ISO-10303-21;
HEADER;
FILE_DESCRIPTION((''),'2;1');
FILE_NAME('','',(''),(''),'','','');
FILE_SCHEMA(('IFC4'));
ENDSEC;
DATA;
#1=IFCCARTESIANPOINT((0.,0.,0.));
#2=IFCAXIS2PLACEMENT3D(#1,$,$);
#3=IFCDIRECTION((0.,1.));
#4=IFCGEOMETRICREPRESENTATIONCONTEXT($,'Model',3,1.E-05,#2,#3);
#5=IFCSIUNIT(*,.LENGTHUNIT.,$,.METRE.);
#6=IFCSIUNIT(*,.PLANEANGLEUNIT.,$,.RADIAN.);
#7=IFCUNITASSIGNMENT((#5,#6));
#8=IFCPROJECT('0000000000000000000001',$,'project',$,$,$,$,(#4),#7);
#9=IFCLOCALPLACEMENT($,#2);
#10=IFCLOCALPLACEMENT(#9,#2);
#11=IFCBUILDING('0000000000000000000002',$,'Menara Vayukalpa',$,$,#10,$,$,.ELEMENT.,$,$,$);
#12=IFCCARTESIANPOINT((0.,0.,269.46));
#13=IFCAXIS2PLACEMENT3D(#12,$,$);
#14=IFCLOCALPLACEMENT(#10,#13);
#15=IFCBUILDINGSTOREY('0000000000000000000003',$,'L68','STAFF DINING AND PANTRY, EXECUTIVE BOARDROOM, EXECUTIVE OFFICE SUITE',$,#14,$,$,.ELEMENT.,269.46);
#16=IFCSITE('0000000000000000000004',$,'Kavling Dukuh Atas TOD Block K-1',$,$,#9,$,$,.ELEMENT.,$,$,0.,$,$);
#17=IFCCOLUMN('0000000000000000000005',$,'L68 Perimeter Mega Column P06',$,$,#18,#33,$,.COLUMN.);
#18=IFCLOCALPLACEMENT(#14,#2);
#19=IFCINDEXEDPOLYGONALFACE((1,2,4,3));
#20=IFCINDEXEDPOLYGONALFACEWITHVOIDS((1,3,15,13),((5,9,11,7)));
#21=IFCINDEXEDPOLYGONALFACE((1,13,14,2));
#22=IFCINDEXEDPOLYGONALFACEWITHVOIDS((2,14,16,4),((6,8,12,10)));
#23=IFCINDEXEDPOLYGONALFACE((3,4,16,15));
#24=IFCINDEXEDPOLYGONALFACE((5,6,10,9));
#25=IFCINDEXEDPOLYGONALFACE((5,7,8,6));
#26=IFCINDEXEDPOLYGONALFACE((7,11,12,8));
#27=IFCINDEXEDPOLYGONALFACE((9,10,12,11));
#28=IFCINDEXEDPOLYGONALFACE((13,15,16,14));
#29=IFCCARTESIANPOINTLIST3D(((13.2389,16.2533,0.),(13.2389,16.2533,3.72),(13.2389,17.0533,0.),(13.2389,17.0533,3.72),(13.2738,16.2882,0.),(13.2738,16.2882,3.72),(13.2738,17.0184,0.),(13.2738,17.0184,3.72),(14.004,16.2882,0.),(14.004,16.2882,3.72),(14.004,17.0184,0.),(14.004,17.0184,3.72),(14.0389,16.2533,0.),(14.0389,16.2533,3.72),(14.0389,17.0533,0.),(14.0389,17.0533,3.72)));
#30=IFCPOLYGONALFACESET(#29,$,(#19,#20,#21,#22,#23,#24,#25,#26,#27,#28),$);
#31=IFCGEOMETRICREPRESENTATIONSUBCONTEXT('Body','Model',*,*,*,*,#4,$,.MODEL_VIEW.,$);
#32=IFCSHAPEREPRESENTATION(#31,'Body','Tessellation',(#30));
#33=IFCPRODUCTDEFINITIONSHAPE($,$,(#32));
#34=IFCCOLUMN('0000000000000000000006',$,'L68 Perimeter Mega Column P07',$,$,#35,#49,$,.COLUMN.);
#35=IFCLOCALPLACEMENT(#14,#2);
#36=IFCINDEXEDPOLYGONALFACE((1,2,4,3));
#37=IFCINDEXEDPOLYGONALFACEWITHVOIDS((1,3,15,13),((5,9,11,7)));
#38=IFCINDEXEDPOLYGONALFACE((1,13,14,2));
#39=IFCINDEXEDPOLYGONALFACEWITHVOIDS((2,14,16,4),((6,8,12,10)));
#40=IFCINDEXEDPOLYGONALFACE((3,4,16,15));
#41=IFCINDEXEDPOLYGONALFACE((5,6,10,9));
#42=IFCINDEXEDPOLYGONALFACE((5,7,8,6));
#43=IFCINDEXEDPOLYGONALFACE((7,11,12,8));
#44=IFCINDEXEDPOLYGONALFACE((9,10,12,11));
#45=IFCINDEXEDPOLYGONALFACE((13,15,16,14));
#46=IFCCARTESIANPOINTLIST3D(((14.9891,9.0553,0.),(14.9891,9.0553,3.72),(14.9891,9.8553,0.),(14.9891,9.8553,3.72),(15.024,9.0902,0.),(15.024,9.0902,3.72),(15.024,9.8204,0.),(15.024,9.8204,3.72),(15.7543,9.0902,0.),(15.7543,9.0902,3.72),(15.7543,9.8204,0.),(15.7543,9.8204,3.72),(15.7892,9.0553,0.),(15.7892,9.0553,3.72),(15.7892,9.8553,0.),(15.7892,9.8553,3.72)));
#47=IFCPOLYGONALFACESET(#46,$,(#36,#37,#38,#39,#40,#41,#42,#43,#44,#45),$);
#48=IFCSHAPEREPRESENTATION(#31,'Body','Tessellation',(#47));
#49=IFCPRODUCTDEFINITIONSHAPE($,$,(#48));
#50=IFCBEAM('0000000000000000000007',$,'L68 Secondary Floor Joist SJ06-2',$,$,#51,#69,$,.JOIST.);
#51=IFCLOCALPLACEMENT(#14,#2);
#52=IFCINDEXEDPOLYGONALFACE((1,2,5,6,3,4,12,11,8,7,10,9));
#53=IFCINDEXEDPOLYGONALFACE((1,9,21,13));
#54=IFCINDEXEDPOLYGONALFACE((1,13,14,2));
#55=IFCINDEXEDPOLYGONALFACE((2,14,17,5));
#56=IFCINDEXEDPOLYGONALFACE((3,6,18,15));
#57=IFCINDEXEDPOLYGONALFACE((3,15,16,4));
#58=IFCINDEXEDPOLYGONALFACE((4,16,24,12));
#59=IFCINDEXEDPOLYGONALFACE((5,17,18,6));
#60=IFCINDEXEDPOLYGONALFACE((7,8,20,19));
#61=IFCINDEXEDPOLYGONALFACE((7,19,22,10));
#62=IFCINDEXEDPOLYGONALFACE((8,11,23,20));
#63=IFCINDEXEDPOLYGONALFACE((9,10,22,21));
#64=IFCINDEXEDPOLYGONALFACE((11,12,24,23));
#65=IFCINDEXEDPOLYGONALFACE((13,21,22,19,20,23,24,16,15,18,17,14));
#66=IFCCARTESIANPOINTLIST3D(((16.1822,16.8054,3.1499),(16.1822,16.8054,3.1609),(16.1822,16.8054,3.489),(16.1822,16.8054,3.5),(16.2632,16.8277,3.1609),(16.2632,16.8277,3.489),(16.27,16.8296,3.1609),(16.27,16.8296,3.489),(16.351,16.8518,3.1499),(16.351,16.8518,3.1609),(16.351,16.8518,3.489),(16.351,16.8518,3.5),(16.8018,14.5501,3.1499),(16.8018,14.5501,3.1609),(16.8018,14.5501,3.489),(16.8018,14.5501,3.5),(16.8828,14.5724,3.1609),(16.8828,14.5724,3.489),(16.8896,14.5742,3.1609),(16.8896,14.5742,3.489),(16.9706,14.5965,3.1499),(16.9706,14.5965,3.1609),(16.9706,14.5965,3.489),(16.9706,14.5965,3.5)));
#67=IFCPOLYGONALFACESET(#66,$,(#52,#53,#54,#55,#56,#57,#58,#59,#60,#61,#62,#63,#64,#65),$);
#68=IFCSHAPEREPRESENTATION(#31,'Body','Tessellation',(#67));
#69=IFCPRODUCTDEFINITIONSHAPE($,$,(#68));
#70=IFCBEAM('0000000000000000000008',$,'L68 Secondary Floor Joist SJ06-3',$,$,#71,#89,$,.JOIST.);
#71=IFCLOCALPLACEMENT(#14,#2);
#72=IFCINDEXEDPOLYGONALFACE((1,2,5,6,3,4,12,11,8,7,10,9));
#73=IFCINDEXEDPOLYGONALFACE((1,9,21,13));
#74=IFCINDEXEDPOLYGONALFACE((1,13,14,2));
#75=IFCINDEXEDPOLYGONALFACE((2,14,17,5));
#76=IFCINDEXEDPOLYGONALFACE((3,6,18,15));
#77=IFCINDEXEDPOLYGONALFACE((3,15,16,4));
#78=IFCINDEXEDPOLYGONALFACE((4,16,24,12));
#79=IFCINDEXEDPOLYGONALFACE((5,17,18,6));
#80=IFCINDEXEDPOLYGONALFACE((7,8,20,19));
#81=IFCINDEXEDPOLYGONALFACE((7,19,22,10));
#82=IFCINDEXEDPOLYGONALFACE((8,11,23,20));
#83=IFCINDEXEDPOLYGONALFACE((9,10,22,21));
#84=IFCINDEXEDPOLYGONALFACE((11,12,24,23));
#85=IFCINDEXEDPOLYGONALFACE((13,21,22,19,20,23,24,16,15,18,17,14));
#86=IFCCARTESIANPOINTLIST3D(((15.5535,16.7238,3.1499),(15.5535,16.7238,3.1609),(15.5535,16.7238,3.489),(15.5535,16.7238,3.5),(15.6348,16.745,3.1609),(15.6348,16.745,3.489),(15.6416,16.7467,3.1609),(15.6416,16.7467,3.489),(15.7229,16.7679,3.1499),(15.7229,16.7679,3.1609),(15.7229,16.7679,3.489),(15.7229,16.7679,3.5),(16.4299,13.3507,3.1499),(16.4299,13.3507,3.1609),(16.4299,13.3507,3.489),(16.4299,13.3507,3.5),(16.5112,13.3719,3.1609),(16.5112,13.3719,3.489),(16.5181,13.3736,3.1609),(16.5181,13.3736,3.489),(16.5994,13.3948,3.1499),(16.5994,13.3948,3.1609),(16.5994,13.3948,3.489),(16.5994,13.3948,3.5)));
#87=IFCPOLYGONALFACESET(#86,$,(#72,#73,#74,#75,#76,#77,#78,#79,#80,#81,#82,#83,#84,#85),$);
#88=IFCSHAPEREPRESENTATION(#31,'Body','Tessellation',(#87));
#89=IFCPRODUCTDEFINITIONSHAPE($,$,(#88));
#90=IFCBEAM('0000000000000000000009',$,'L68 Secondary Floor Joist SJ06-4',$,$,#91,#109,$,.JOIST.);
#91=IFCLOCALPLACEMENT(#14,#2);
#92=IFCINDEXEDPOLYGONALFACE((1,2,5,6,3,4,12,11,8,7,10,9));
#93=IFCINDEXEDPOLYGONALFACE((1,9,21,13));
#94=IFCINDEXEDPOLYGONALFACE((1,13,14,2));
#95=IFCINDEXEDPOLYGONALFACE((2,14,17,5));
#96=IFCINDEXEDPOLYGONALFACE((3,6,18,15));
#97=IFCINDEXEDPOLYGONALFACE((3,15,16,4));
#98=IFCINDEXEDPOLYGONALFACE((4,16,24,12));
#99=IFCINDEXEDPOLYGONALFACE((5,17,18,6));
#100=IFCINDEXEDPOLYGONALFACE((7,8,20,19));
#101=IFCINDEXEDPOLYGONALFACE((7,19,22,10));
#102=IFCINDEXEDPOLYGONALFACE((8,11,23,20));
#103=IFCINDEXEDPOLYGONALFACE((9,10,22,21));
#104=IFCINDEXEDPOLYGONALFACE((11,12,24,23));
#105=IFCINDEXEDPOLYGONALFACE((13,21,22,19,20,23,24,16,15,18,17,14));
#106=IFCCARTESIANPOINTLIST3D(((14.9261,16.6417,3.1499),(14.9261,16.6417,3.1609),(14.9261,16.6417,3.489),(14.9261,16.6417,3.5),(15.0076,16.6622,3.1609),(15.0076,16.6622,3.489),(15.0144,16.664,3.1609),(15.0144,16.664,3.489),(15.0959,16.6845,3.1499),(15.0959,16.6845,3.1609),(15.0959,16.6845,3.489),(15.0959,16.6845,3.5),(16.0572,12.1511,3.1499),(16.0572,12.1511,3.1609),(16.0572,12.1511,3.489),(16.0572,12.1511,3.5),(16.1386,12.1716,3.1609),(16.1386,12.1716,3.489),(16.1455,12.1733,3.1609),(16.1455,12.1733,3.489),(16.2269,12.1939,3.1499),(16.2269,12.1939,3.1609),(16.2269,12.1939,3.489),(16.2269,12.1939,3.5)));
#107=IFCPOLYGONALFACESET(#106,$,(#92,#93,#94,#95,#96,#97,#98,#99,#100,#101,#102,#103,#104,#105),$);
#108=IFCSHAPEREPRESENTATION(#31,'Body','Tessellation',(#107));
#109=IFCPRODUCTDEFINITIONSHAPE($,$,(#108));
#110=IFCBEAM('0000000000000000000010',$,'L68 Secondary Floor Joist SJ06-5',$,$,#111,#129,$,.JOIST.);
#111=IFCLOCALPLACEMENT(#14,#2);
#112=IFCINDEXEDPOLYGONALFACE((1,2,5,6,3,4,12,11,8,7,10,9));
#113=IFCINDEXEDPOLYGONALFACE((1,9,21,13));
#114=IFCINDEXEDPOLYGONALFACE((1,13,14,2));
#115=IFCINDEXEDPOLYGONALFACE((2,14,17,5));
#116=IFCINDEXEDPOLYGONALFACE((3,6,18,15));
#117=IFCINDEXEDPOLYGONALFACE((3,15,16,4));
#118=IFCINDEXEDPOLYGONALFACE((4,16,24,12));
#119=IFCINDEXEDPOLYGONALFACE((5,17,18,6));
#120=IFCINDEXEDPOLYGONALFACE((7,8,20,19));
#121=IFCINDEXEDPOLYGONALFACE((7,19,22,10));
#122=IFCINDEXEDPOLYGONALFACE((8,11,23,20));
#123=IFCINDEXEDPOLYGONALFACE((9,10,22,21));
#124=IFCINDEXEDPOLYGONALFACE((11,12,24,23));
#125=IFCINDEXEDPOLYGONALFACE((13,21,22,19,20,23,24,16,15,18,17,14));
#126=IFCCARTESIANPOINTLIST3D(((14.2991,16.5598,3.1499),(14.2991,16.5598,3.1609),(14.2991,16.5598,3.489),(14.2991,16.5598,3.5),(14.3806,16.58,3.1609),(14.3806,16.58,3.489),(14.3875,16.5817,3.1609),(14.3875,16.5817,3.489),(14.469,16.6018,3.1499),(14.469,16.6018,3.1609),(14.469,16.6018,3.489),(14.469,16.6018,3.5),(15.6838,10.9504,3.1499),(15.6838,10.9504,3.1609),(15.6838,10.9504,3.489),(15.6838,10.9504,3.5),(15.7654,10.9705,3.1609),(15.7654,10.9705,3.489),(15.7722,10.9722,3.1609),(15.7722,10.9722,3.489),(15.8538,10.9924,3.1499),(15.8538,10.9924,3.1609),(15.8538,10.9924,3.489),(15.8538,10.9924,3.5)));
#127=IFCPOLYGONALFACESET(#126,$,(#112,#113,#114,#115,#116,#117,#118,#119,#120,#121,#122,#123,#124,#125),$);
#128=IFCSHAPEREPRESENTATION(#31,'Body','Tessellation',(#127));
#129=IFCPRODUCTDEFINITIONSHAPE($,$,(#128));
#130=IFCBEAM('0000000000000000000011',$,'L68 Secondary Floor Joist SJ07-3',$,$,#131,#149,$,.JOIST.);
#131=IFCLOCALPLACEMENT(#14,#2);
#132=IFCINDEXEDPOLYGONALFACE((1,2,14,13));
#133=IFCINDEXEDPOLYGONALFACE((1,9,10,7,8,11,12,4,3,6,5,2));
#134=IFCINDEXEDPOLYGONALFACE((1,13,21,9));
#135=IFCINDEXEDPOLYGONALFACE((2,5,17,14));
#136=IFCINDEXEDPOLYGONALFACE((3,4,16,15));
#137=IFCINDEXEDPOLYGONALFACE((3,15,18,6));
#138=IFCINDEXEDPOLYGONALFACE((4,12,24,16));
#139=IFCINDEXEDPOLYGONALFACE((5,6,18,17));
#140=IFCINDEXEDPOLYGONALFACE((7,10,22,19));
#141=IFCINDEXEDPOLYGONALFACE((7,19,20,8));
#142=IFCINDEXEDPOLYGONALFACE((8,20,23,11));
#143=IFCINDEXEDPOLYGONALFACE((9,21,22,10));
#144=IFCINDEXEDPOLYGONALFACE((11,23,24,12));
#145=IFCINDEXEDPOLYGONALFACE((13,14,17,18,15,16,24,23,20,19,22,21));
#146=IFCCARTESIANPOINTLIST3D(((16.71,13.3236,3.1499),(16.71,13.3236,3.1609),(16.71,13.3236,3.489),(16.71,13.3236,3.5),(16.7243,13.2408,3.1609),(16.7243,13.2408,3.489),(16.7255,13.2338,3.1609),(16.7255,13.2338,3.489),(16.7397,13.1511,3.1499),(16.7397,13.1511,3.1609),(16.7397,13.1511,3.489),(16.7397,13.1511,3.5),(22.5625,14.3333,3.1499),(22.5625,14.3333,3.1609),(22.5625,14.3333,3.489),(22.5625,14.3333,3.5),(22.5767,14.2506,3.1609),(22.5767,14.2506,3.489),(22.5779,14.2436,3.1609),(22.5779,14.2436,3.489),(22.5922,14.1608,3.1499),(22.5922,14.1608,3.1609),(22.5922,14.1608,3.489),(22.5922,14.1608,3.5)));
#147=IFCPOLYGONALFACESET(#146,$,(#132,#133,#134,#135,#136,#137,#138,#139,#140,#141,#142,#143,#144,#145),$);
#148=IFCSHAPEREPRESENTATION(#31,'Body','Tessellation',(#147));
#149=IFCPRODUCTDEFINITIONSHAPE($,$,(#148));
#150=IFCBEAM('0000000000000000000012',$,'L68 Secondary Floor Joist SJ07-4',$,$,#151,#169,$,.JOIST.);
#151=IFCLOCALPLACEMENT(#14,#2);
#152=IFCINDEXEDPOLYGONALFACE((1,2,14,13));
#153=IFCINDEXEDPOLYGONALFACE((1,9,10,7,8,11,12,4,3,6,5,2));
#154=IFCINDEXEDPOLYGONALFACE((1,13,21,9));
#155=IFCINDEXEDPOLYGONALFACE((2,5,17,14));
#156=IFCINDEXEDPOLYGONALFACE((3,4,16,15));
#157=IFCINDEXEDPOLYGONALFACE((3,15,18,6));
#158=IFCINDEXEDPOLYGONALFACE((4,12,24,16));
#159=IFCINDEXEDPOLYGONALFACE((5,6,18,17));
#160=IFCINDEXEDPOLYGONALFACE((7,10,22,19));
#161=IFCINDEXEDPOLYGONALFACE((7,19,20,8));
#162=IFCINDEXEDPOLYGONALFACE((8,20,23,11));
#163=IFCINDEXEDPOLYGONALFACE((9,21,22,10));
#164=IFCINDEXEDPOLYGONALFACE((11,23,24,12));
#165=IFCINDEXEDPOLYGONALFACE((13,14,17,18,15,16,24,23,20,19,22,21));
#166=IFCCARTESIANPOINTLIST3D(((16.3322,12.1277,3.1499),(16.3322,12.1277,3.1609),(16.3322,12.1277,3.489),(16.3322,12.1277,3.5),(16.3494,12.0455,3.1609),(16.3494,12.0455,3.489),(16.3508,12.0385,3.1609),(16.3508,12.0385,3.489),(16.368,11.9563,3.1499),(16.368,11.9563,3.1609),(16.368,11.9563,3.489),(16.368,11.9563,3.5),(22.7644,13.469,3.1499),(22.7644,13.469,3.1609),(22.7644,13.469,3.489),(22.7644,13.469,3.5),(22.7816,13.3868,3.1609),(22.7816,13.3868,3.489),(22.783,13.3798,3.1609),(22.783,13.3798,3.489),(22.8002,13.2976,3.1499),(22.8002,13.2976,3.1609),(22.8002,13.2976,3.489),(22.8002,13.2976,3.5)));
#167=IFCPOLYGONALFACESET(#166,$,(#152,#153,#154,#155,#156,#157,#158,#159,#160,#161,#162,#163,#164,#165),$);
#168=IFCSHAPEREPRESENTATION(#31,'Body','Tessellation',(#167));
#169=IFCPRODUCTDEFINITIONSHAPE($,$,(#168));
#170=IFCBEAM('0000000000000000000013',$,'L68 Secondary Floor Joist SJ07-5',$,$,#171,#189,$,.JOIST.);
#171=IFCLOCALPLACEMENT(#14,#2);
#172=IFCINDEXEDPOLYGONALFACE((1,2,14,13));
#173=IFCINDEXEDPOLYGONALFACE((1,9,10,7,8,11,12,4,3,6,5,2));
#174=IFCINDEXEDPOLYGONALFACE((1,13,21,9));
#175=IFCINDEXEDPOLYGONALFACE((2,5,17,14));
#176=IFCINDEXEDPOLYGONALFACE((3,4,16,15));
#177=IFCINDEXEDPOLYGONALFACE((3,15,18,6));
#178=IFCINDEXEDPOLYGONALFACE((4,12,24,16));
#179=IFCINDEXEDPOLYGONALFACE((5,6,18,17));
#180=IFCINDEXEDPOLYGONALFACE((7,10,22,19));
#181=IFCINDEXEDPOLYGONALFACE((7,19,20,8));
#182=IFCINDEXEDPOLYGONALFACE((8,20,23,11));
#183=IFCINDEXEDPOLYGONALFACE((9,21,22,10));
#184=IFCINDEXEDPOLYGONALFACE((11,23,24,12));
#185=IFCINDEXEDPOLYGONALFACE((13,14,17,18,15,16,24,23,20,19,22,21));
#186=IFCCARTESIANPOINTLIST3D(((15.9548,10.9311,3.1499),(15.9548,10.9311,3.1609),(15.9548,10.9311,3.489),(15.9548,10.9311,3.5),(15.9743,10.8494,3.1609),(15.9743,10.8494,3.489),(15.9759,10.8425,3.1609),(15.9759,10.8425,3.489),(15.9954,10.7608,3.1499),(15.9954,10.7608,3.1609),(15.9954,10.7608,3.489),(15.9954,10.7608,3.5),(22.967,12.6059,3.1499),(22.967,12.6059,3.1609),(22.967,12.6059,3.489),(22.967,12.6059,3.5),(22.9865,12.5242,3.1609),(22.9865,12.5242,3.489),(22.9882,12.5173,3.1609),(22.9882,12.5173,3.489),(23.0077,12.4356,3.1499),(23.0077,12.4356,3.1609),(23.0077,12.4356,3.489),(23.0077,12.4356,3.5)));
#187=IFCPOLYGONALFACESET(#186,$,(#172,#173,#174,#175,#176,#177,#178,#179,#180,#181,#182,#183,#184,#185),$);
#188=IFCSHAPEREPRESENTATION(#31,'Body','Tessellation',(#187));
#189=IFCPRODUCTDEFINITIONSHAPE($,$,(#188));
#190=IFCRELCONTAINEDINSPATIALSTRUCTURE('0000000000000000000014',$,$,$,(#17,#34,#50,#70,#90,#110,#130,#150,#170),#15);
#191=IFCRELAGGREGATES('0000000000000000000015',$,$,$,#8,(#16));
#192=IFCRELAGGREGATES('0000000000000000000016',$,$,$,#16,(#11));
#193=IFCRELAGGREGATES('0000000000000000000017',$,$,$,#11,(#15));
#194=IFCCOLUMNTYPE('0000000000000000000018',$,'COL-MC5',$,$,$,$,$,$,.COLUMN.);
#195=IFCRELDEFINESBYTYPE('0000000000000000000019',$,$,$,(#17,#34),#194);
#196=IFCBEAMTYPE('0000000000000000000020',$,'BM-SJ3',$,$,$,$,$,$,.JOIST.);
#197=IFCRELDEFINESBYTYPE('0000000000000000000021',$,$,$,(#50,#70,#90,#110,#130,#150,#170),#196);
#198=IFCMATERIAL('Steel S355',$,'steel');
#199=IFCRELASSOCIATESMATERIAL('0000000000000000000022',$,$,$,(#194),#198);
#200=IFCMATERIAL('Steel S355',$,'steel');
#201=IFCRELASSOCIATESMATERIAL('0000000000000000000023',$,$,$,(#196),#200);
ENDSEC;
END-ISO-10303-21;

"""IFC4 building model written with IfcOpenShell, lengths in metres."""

from ifc_helpers import new_model, si_unit, direction, frame, origin, origin_2d, place, context, subcontext, project, spatial, hollow_rectangle, i_section, extrude, material, material_profile, profile_set, type_object, element, save


model = new_model("IFC4")

# Units and contexts
model_context = context("Model", 3, precision=1e-05, world=origin(), true_north=direction((0.0, 1.0)))
body_context = subcontext(model_context, "Body", "Model", "MODEL_VIEW")
ifc_project = project(units=[si_unit("LENGTHUNIT", "METRE"), si_unit("PLANEANGLEUNIT", "RADIAN")], contexts=[model_context])

# Site, building, storey
site_placement = place(None, origin())
site = spatial("IfcSite", under=ifc_project, at=site_placement, Name="Kavling Dukuh Atas TOD Block K-1", CompositionType="ELEMENT", RefElevation=0.0)
building_placement = place(site_placement, origin())
building = spatial("IfcBuilding", under=site, at=building_placement, Name="Menara Vayukalpa", CompositionType="ELEMENT")
storey_placement = place(building_placement, frame((0.0, 0.0, 269.46)))
storey = spatial("IfcBuildingStorey", under=building, at=storey_placement, Name="L68", Description="STAFF DINING AND PANTRY, EXECUTIVE BOARDROOM, EXECUTIVE OFFICE SUITE", CompositionType="ELEMENT", Elevation=269.46)

# Columns
ifc_material_1 = material(Name="Steel S355", Category="steel")
ifc_material_profile_1 = material_profile(ifc_material_1, hollow_rectangle(XDim=0.8, YDim=0.8, WallThickness=0.0349, at=origin_2d()), Name="BOX 800x800x35")
ifc_profile_set_1 = profile_set([ifc_material_profile_1], Name="Steel S355")
column_type = type_object("IfcColumnType", Name="COL-MC5", PredefinedType="COLUMN", material=ifc_profile_set_1)
for number, where, z_axis, x_axis, name in (
    (1, (13.6389, 16.6533, 0.0), (0.0, 0.0, 1.0), (1.0, 0.0, 0.0), "L68 Perimeter Mega Column P06"),
    (2, (15.3892, 9.4553, 0.0), (0.0, 0.0, 1.0), (1.0, 0.0, 0.0), "L68 Perimeter Mega Column P07"),
):
    element("IfcColumn", number, at=place(storey_placement, frame(where, z_axis=z_axis, x_axis=x_axis)), inside=storey, type_object=column_type, Name=name, PredefinedType="COLUMN", context=body_context, shape_type="SweptSolid", body=[
        extrude(hollow_rectangle(XDim=0.8, YDim=0.8, WallThickness=0.0349, at=origin_2d()), origin(), (0.0, 0.0, 1.0), 3.72),
    ])

# Beams
ifc_material_2 = material(Name="Steel S355", Category="steel")
ifc_material_profile_2 = material_profile(ifc_material_2, i_section(OverallWidth=0.175, OverallDepth=0.3501, WebThickness=0.0071, FlangeThickness=0.011, at=origin_2d()), Name="WF 350x175x7x11")
ifc_profile_set_2 = profile_set([ifc_material_profile_2], Name="Steel S355")
beam_type_1 = type_object("IfcBeamType", Name="BM-SJ3", PredefinedType="JOIST", material=ifc_profile_set_2)
beam_1_placement = place(storey_placement, frame((16.2666, 16.8286, 3.325), z_axis=(0.264919, -0.964271, 0.0), x_axis=(0.964271, 0.264919, 0.0)))
element("IfcBeam", 3, at=beam_1_placement, inside=storey, type_object=beam_type_1, Name="L68 Secondary Floor Joist SJ06-2", PredefinedType="JOIST", context=body_context, shape_type="SweptSolid", body=[
    extrude(i_section(OverallWidth=0.175, OverallDepth=0.3501, WebThickness=0.0071, FlangeThickness=0.011, at=origin_2d()), origin(), (0.0, 0.0, 1.0), 2.3389),
])
beam_2_placement = place(storey_placement, frame((15.6382, 16.7458, 3.325), z_axis=(0.251492, -0.967859, 0.0), x_axis=(0.967859, 0.251492, 0.0)))
element("IfcBeam", 4, at=beam_2_placement, inside=storey, type_object=beam_type_1, Name="L68 Secondary Floor Joist SJ06-3", PredefinedType="JOIST", context=body_context, shape_type="SweptSolid", body=[
    extrude(i_section(OverallWidth=0.175, OverallDepth=0.3501, WebThickness=0.0071, FlangeThickness=0.011, at=origin_2d()), origin(), (0.0, 0.0, 1.0), 3.4851),
])
beam_3_placement = place(storey_placement, frame((15.011, 16.6631, 3.325), z_axis=(0.244247, -0.969713, 0.0), x_axis=(0.969713, 0.244247, 0.0)))
element("IfcBeam", 5, at=beam_3_placement, inside=storey, type_object=beam_type_1, Name="L68 Secondary Floor Joist SJ06-4", PredefinedType="JOIST", context=body_context, shape_type="SweptSolid", body=[
    extrude(i_section(OverallWidth=0.175, OverallDepth=0.3501, WebThickness=0.0071, FlangeThickness=0.011, at=origin_2d()), origin(), (0.0, 0.0, 1.0), 4.6309),
])
beam_4_placement = place(storey_placement, frame((14.384, 16.5808, 3.325), z_axis=(0.239671, -0.970854, 0.0), x_axis=(0.970854, 0.239671, 0.0)))
element("IfcBeam", 6, at=beam_4_placement, inside=storey, type_object=beam_type_1, Name="L68 Secondary Floor Joist SJ06-5", PredefinedType="JOIST", context=body_context, shape_type="SweptSolid", body=[
    extrude(i_section(OverallWidth=0.175, OverallDepth=0.3501, WebThickness=0.0071, FlangeThickness=0.011, at=origin_2d()), origin(), (0.0, 0.0, 1.0), 5.7778),
])
beam_5_placement = place(storey_placement, frame((16.7249, 13.2373, 3.325), z_axis=(0.98544, 0.170023, 0.0), x_axis=(-0.170023, 0.98544, 0.0)))
element("IfcBeam", 7, at=beam_5_placement, inside=storey, type_object=beam_type_1, Name="L68 Secondary Floor Joist SJ07-3", PredefinedType="JOIST", context=body_context, shape_type="SweptSolid", body=[
    extrude(i_section(OverallWidth=0.175, OverallDepth=0.3501, WebThickness=0.0071, FlangeThickness=0.011, at=origin_2d()), origin(), (0.0, 0.0, 1.0), 5.939),
])
beam_6_placement = place(storey_placement, frame((16.3501, 12.042, 3.325), z_axis=(0.978941, 0.204141, 0.0), x_axis=(-0.204141, 0.978941, 0.0)))
element("IfcBeam", 8, at=beam_6_placement, inside=storey, type_object=beam_type_1, Name="L68 Secondary Floor Joist SJ07-4", PredefinedType="JOIST", context=body_context, shape_type="SweptSolid", body=[
    extrude(i_section(OverallWidth=0.175, OverallDepth=0.3501, WebThickness=0.0071, FlangeThickness=0.011, at=origin_2d()), origin(), (0.0, 0.0, 1.0), 6.5706),
])
beam_7_placement = place(storey_placement, frame((15.9751, 10.8459, 3.325), z_axis=(0.972642, 0.232307, 0.0), x_axis=(-0.232307, 0.972642, 0.0)))
element("IfcBeam", 9, at=beam_7_placement, inside=storey, type_object=beam_type_1, Name="L68 Secondary Floor Joist SJ07-5", PredefinedType="JOIST", context=body_context, shape_type="SweptSolid", body=[
    extrude(i_section(OverallWidth=0.175, OverallDepth=0.3501, WebThickness=0.0071, FlangeThickness=0.011, at=origin_2d()), origin(), (0.0, 0.0, 1.0), 7.2095),
])

save(model, "model.ifc")
